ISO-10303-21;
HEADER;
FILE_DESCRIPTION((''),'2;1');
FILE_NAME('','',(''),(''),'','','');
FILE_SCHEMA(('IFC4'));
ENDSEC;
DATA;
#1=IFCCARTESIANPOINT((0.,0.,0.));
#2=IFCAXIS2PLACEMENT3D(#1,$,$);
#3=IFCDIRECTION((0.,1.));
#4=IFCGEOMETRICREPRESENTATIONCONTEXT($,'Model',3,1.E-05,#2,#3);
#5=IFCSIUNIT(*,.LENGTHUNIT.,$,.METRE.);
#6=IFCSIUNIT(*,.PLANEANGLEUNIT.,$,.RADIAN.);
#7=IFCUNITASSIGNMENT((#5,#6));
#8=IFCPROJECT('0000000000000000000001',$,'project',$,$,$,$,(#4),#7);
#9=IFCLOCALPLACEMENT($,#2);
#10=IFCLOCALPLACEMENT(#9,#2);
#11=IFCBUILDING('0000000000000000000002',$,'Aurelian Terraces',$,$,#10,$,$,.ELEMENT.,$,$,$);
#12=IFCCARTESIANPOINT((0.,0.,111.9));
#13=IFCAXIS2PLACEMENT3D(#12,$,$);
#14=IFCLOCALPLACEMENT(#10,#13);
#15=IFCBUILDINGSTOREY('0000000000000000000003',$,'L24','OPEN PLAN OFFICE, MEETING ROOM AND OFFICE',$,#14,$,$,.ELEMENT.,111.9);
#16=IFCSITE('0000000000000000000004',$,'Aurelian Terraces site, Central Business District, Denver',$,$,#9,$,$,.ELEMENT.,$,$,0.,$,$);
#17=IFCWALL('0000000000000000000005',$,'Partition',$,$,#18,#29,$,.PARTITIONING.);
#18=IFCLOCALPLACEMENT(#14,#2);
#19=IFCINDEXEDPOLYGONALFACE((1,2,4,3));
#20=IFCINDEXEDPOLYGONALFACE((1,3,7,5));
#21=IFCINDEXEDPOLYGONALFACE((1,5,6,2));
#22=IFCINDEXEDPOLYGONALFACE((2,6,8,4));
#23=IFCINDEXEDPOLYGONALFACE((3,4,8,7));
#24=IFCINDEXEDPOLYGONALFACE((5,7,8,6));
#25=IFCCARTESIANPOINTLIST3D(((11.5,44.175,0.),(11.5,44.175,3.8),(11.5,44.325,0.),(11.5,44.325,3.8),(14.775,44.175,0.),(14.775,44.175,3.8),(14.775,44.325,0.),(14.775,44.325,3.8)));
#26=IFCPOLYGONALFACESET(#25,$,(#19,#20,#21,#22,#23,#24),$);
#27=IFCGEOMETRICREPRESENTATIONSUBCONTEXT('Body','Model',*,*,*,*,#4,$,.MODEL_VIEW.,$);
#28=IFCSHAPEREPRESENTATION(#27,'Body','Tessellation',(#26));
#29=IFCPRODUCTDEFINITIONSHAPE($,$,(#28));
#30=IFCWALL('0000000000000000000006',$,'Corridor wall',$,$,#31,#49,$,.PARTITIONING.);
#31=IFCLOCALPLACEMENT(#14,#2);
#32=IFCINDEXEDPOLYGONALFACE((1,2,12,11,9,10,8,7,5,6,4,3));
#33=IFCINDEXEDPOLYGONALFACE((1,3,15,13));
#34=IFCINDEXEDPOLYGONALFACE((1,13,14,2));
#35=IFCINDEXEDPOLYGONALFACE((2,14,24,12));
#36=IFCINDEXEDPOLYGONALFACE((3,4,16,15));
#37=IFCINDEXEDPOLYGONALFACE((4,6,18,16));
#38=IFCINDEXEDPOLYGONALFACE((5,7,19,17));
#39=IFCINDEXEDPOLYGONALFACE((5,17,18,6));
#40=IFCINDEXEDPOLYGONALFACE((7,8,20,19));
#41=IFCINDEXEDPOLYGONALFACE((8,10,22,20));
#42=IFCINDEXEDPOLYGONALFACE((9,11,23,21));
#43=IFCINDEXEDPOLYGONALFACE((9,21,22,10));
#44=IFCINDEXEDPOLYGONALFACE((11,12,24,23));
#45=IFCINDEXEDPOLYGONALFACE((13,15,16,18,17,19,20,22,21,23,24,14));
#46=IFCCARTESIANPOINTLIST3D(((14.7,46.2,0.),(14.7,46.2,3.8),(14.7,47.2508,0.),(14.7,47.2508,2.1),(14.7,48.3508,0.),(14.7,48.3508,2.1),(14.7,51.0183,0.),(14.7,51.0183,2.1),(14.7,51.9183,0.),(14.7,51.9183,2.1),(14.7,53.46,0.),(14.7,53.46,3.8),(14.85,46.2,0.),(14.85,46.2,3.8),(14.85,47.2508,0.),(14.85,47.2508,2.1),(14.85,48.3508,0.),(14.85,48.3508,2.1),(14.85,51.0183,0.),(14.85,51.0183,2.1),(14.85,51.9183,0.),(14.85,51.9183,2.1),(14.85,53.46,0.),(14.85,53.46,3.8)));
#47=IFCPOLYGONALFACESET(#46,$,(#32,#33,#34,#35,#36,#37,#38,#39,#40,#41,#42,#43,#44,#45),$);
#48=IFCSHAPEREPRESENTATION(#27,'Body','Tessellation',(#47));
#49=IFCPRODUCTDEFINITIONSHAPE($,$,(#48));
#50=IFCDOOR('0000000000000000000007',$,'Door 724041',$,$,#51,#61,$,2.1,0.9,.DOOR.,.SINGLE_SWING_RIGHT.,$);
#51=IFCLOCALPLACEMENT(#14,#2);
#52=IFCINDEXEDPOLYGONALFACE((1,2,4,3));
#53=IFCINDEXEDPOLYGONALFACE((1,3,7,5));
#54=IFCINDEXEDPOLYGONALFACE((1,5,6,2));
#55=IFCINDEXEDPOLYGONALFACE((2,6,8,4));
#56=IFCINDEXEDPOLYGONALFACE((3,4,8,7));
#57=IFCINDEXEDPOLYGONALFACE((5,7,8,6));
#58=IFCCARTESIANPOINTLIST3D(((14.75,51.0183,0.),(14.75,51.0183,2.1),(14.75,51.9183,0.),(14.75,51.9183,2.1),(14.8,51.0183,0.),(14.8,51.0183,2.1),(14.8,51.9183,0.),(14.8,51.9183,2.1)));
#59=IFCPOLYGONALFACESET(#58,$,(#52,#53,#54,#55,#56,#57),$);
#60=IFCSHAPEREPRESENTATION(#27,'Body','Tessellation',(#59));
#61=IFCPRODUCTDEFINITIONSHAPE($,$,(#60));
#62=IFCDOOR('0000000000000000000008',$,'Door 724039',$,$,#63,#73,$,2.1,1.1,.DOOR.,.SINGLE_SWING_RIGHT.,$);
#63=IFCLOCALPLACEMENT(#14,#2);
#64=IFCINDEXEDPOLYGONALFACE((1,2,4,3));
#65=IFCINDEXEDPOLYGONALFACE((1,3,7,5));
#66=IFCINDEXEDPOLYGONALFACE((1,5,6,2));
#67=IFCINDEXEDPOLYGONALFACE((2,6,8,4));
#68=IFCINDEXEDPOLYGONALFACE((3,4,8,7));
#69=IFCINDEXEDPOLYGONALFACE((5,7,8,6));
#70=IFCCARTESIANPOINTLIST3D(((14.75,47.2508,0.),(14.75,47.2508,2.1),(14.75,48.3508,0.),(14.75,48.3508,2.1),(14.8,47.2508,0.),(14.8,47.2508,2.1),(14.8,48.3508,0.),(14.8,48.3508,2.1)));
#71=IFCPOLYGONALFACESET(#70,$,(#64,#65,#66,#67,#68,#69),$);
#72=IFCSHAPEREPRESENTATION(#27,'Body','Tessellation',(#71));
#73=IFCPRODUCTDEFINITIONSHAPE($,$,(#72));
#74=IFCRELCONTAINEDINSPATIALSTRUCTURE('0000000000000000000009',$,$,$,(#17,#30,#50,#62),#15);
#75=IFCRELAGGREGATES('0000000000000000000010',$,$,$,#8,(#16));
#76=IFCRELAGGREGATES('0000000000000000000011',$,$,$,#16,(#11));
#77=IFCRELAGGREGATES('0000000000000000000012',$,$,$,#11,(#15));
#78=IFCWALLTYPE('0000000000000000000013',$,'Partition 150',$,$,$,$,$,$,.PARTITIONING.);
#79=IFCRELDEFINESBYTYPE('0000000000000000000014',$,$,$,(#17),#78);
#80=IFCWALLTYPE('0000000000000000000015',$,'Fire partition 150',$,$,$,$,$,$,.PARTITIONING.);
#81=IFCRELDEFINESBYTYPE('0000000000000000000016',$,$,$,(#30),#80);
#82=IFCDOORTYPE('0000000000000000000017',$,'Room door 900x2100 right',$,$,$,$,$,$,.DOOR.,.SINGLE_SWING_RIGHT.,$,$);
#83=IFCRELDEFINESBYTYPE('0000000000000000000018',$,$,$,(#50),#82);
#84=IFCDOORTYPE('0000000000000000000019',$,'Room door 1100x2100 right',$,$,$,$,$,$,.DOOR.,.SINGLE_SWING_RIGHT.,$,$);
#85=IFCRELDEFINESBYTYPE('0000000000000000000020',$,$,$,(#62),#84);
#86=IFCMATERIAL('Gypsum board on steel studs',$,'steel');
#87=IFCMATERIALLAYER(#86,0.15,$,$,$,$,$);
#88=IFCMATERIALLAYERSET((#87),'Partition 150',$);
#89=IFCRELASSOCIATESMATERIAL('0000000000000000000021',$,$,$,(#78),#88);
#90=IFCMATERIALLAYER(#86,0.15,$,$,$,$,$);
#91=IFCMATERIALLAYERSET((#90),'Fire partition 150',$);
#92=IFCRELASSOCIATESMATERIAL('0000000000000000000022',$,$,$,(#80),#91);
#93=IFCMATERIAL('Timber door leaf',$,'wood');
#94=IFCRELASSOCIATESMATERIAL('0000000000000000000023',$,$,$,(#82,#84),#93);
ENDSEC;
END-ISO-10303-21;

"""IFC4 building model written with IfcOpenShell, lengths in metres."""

from ifc_helpers import new_model, si_unit, direction, frame, frame_2d, origin, place, context, subcontext, project, spatial, rectangle, extrude, source, transform, mapped, material, layer, layer_set, type_object, element, fill, save


model = new_model("IFC4")

# Units and contexts
model_context = context("Model", 3, precision=1e-05, world=origin(), true_north=direction((0.0, 1.0)))
body_context = subcontext(model_context, "Body", "Model", "MODEL_VIEW")
ifc_project = project(units=[si_unit("LENGTHUNIT", "METRE"), si_unit("PLANEANGLEUNIT", "RADIAN")], contexts=[model_context])

# Site, building, storey
site_placement = place(None, origin())
site = spatial("IfcSite", under=ifc_project, at=site_placement, Name="Aurelian Terraces site, Central Business District, Denver", CompositionType="ELEMENT", RefElevation=0.0)
building_placement = place(site_placement, origin())
building = spatial("IfcBuilding", under=site, at=building_placement, Name="Aurelian Terraces", CompositionType="ELEMENT")
storey_placement = place(building_placement, frame((0.0, 0.0, 111.9)))
storey = spatial("IfcBuildingStorey", under=building, at=storey_placement, Name="L24", Description="OPEN PLAN OFFICE, MEETING ROOM AND OFFICE", CompositionType="ELEMENT", Elevation=111.9)

# Wall
ifc_material_1 = material(Name="Gypsum board on steel studs", Category="steel")
ifc_layer_1 = layer(ifc_material_1, 0.15)
ifc_layer_set_1 = layer_set([ifc_layer_1], Name="Partition 150")
wall_type_1 = type_object("IfcWallType", Name="Partition 150", PredefinedType="PARTITIONING", material=ifc_layer_set_1)
shared_shape_1 = source(origin(), body_context, "Body", "SweptSolid", [
    extrude(rectangle(XDim=3.275, YDim=0.15, at=frame_2d((1.6375, 0.0))), origin(), (0.0, 0.0, 1.0), 3.8),
])
wall_1_placement = place(storey_placement, frame((14.775, 44.25, 0.0), z_axis=(0.0, 0.0, 1.0), x_axis=(-1.0, 0.0, 0.0)))
element("IfcWall", 1, at=wall_1_placement, inside=storey, type_object=wall_type_1, Name="Partition", PredefinedType="PARTITIONING", context=body_context, shape_type="MappedRepresentation", body=[
    mapped(shared_shape_1, transform((0.0, 0.0, 0.0), scale=1.0)),
])

# Wall, openings, doors
ifc_layer_2 = layer(ifc_material_1, 0.15)
ifc_layer_set_2 = layer_set([ifc_layer_2], Name="Fire partition 150")
wall_type_2 = type_object("IfcWallType", Name="Fire partition 150", PredefinedType="PARTITIONING", material=ifc_layer_set_2)
shared_shape_2 = source(origin(), body_context, "Body", "SweptSolid", [
    extrude(rectangle(XDim=7.26, YDim=0.15, at=frame_2d((3.63, 0.0))), origin(), (0.0, 0.0, 1.0), 3.8),
])
wall_2_placement = place(storey_placement, frame((14.775, 46.2, 0.0), z_axis=(0.0, 0.0, 1.0), x_axis=(0.0, 1.0, 0.0)))
wall_2 = element("IfcWall", 2, at=wall_2_placement, inside=storey, type_object=wall_type_2, Name="Corridor wall", PredefinedType="PARTITIONING", context=body_context, shape_type="MappedRepresentation", body=[
    mapped(shared_shape_2, transform((0.0, 0.0, 0.0), scale=1.0)),
])
shared_shape_3 = source(origin(), body_context, "Body", "SweptSolid", [
    extrude(rectangle(XDim=1.1, YDim=2.1, at=frame_2d((0.55, 1.05))), frame((0.0, 0.085, 0.0), z_axis=(0.0, -1.0, 0.0), x_axis=(1.0, 0.0, 0.0)), (0.0, 0.0, 1.0), 0.17),
])
opening_1_placement = place(wall_2_placement, frame((1.0508, 0.0, 0.0)))
opening_1 = element("IfcOpeningElement", 3, at=opening_1_placement, cuts=wall_2, PredefinedType="OPENING", context=body_context, shape_type="MappedRepresentation", body=[
    mapped(shared_shape_3, transform((0.0, 0.0, 0.0), scale=1.0)),
])
shared_shape_4 = source(origin(), body_context, "Body", "SweptSolid", [
    extrude(rectangle(XDim=0.9, YDim=2.1, at=frame_2d((0.45, 1.05))), frame((0.0, 0.085, 0.0), z_axis=(0.0, -1.0, 0.0), x_axis=(1.0, 0.0, 0.0)), (0.0, 0.0, 1.0), 0.17),
])
opening_2_placement = place(wall_2_placement, frame((4.8183, 0.0, 0.0)))
opening_2 = element("IfcOpeningElement", 4, at=opening_2_placement, cuts=wall_2, PredefinedType="OPENING", context=body_context, shape_type="MappedRepresentation", body=[
    mapped(shared_shape_4, transform((0.0, 0.0, 0.0), scale=1.0)),
])
ifc_material_2 = material(Name="Timber door leaf", Category="wood")
door_type_1 = type_object("IfcDoorType", Name="Room door 900x2100 right", OperationType="SINGLE_SWING_RIGHT", PredefinedType="DOOR", material=ifc_material_2)
shared_shape_5 = source(origin(), body_context, "Body", "SweptSolid", [
    extrude(rectangle(XDim=0.9, YDim=2.1, at=frame_2d((0.45, 1.05))), frame((0.0, 0.025, 0.0), z_axis=(0.0, -1.0, 0.0), x_axis=(1.0, 0.0, 0.0)), (0.0, 0.0, 1.0), 0.05),
])
door_1_placement = place(opening_2_placement, origin())
door_1 = element("IfcDoor", 5, at=door_1_placement, inside=storey, type_object=door_type_1, Name="Door 724041", OperationType="SINGLE_SWING_RIGHT", OverallHeight=2.1, OverallWidth=0.9, PredefinedType="DOOR", context=body_context, shape_type="MappedRepresentation", body=[
    mapped(shared_shape_5, transform((0.0, 0.0, 0.0), scale=1.0)),
])
fill(opening_2, door_1)
door_type_2 = type_object("IfcDoorType", Name="Room door 1100x2100 right", OperationType="SINGLE_SWING_RIGHT", PredefinedType="DOOR", material=ifc_material_2)
shared_shape_6 = source(origin(), body_context, "Body", "SweptSolid", [
    extrude(rectangle(XDim=1.1, YDim=2.1, at=frame_2d((0.55, 1.05))), frame((0.0, 0.025, 0.0), z_axis=(0.0, -1.0, 0.0), x_axis=(1.0, 0.0, 0.0)), (0.0, 0.0, 1.0), 0.05),
])
door_2_placement = place(opening_1_placement, origin())
door_2 = element("IfcDoor", 6, at=door_2_placement, inside=storey, type_object=door_type_2, Name="Door 724039", OperationType="SINGLE_SWING_RIGHT", OverallHeight=2.1, OverallWidth=1.1, PredefinedType="DOOR", context=body_context, shape_type="MappedRepresentation", body=[
    mapped(shared_shape_6, transform((0.0, 0.0, 0.0), scale=1.0)),
])
fill(opening_1, door_2)

save(model, "model.ifc")
